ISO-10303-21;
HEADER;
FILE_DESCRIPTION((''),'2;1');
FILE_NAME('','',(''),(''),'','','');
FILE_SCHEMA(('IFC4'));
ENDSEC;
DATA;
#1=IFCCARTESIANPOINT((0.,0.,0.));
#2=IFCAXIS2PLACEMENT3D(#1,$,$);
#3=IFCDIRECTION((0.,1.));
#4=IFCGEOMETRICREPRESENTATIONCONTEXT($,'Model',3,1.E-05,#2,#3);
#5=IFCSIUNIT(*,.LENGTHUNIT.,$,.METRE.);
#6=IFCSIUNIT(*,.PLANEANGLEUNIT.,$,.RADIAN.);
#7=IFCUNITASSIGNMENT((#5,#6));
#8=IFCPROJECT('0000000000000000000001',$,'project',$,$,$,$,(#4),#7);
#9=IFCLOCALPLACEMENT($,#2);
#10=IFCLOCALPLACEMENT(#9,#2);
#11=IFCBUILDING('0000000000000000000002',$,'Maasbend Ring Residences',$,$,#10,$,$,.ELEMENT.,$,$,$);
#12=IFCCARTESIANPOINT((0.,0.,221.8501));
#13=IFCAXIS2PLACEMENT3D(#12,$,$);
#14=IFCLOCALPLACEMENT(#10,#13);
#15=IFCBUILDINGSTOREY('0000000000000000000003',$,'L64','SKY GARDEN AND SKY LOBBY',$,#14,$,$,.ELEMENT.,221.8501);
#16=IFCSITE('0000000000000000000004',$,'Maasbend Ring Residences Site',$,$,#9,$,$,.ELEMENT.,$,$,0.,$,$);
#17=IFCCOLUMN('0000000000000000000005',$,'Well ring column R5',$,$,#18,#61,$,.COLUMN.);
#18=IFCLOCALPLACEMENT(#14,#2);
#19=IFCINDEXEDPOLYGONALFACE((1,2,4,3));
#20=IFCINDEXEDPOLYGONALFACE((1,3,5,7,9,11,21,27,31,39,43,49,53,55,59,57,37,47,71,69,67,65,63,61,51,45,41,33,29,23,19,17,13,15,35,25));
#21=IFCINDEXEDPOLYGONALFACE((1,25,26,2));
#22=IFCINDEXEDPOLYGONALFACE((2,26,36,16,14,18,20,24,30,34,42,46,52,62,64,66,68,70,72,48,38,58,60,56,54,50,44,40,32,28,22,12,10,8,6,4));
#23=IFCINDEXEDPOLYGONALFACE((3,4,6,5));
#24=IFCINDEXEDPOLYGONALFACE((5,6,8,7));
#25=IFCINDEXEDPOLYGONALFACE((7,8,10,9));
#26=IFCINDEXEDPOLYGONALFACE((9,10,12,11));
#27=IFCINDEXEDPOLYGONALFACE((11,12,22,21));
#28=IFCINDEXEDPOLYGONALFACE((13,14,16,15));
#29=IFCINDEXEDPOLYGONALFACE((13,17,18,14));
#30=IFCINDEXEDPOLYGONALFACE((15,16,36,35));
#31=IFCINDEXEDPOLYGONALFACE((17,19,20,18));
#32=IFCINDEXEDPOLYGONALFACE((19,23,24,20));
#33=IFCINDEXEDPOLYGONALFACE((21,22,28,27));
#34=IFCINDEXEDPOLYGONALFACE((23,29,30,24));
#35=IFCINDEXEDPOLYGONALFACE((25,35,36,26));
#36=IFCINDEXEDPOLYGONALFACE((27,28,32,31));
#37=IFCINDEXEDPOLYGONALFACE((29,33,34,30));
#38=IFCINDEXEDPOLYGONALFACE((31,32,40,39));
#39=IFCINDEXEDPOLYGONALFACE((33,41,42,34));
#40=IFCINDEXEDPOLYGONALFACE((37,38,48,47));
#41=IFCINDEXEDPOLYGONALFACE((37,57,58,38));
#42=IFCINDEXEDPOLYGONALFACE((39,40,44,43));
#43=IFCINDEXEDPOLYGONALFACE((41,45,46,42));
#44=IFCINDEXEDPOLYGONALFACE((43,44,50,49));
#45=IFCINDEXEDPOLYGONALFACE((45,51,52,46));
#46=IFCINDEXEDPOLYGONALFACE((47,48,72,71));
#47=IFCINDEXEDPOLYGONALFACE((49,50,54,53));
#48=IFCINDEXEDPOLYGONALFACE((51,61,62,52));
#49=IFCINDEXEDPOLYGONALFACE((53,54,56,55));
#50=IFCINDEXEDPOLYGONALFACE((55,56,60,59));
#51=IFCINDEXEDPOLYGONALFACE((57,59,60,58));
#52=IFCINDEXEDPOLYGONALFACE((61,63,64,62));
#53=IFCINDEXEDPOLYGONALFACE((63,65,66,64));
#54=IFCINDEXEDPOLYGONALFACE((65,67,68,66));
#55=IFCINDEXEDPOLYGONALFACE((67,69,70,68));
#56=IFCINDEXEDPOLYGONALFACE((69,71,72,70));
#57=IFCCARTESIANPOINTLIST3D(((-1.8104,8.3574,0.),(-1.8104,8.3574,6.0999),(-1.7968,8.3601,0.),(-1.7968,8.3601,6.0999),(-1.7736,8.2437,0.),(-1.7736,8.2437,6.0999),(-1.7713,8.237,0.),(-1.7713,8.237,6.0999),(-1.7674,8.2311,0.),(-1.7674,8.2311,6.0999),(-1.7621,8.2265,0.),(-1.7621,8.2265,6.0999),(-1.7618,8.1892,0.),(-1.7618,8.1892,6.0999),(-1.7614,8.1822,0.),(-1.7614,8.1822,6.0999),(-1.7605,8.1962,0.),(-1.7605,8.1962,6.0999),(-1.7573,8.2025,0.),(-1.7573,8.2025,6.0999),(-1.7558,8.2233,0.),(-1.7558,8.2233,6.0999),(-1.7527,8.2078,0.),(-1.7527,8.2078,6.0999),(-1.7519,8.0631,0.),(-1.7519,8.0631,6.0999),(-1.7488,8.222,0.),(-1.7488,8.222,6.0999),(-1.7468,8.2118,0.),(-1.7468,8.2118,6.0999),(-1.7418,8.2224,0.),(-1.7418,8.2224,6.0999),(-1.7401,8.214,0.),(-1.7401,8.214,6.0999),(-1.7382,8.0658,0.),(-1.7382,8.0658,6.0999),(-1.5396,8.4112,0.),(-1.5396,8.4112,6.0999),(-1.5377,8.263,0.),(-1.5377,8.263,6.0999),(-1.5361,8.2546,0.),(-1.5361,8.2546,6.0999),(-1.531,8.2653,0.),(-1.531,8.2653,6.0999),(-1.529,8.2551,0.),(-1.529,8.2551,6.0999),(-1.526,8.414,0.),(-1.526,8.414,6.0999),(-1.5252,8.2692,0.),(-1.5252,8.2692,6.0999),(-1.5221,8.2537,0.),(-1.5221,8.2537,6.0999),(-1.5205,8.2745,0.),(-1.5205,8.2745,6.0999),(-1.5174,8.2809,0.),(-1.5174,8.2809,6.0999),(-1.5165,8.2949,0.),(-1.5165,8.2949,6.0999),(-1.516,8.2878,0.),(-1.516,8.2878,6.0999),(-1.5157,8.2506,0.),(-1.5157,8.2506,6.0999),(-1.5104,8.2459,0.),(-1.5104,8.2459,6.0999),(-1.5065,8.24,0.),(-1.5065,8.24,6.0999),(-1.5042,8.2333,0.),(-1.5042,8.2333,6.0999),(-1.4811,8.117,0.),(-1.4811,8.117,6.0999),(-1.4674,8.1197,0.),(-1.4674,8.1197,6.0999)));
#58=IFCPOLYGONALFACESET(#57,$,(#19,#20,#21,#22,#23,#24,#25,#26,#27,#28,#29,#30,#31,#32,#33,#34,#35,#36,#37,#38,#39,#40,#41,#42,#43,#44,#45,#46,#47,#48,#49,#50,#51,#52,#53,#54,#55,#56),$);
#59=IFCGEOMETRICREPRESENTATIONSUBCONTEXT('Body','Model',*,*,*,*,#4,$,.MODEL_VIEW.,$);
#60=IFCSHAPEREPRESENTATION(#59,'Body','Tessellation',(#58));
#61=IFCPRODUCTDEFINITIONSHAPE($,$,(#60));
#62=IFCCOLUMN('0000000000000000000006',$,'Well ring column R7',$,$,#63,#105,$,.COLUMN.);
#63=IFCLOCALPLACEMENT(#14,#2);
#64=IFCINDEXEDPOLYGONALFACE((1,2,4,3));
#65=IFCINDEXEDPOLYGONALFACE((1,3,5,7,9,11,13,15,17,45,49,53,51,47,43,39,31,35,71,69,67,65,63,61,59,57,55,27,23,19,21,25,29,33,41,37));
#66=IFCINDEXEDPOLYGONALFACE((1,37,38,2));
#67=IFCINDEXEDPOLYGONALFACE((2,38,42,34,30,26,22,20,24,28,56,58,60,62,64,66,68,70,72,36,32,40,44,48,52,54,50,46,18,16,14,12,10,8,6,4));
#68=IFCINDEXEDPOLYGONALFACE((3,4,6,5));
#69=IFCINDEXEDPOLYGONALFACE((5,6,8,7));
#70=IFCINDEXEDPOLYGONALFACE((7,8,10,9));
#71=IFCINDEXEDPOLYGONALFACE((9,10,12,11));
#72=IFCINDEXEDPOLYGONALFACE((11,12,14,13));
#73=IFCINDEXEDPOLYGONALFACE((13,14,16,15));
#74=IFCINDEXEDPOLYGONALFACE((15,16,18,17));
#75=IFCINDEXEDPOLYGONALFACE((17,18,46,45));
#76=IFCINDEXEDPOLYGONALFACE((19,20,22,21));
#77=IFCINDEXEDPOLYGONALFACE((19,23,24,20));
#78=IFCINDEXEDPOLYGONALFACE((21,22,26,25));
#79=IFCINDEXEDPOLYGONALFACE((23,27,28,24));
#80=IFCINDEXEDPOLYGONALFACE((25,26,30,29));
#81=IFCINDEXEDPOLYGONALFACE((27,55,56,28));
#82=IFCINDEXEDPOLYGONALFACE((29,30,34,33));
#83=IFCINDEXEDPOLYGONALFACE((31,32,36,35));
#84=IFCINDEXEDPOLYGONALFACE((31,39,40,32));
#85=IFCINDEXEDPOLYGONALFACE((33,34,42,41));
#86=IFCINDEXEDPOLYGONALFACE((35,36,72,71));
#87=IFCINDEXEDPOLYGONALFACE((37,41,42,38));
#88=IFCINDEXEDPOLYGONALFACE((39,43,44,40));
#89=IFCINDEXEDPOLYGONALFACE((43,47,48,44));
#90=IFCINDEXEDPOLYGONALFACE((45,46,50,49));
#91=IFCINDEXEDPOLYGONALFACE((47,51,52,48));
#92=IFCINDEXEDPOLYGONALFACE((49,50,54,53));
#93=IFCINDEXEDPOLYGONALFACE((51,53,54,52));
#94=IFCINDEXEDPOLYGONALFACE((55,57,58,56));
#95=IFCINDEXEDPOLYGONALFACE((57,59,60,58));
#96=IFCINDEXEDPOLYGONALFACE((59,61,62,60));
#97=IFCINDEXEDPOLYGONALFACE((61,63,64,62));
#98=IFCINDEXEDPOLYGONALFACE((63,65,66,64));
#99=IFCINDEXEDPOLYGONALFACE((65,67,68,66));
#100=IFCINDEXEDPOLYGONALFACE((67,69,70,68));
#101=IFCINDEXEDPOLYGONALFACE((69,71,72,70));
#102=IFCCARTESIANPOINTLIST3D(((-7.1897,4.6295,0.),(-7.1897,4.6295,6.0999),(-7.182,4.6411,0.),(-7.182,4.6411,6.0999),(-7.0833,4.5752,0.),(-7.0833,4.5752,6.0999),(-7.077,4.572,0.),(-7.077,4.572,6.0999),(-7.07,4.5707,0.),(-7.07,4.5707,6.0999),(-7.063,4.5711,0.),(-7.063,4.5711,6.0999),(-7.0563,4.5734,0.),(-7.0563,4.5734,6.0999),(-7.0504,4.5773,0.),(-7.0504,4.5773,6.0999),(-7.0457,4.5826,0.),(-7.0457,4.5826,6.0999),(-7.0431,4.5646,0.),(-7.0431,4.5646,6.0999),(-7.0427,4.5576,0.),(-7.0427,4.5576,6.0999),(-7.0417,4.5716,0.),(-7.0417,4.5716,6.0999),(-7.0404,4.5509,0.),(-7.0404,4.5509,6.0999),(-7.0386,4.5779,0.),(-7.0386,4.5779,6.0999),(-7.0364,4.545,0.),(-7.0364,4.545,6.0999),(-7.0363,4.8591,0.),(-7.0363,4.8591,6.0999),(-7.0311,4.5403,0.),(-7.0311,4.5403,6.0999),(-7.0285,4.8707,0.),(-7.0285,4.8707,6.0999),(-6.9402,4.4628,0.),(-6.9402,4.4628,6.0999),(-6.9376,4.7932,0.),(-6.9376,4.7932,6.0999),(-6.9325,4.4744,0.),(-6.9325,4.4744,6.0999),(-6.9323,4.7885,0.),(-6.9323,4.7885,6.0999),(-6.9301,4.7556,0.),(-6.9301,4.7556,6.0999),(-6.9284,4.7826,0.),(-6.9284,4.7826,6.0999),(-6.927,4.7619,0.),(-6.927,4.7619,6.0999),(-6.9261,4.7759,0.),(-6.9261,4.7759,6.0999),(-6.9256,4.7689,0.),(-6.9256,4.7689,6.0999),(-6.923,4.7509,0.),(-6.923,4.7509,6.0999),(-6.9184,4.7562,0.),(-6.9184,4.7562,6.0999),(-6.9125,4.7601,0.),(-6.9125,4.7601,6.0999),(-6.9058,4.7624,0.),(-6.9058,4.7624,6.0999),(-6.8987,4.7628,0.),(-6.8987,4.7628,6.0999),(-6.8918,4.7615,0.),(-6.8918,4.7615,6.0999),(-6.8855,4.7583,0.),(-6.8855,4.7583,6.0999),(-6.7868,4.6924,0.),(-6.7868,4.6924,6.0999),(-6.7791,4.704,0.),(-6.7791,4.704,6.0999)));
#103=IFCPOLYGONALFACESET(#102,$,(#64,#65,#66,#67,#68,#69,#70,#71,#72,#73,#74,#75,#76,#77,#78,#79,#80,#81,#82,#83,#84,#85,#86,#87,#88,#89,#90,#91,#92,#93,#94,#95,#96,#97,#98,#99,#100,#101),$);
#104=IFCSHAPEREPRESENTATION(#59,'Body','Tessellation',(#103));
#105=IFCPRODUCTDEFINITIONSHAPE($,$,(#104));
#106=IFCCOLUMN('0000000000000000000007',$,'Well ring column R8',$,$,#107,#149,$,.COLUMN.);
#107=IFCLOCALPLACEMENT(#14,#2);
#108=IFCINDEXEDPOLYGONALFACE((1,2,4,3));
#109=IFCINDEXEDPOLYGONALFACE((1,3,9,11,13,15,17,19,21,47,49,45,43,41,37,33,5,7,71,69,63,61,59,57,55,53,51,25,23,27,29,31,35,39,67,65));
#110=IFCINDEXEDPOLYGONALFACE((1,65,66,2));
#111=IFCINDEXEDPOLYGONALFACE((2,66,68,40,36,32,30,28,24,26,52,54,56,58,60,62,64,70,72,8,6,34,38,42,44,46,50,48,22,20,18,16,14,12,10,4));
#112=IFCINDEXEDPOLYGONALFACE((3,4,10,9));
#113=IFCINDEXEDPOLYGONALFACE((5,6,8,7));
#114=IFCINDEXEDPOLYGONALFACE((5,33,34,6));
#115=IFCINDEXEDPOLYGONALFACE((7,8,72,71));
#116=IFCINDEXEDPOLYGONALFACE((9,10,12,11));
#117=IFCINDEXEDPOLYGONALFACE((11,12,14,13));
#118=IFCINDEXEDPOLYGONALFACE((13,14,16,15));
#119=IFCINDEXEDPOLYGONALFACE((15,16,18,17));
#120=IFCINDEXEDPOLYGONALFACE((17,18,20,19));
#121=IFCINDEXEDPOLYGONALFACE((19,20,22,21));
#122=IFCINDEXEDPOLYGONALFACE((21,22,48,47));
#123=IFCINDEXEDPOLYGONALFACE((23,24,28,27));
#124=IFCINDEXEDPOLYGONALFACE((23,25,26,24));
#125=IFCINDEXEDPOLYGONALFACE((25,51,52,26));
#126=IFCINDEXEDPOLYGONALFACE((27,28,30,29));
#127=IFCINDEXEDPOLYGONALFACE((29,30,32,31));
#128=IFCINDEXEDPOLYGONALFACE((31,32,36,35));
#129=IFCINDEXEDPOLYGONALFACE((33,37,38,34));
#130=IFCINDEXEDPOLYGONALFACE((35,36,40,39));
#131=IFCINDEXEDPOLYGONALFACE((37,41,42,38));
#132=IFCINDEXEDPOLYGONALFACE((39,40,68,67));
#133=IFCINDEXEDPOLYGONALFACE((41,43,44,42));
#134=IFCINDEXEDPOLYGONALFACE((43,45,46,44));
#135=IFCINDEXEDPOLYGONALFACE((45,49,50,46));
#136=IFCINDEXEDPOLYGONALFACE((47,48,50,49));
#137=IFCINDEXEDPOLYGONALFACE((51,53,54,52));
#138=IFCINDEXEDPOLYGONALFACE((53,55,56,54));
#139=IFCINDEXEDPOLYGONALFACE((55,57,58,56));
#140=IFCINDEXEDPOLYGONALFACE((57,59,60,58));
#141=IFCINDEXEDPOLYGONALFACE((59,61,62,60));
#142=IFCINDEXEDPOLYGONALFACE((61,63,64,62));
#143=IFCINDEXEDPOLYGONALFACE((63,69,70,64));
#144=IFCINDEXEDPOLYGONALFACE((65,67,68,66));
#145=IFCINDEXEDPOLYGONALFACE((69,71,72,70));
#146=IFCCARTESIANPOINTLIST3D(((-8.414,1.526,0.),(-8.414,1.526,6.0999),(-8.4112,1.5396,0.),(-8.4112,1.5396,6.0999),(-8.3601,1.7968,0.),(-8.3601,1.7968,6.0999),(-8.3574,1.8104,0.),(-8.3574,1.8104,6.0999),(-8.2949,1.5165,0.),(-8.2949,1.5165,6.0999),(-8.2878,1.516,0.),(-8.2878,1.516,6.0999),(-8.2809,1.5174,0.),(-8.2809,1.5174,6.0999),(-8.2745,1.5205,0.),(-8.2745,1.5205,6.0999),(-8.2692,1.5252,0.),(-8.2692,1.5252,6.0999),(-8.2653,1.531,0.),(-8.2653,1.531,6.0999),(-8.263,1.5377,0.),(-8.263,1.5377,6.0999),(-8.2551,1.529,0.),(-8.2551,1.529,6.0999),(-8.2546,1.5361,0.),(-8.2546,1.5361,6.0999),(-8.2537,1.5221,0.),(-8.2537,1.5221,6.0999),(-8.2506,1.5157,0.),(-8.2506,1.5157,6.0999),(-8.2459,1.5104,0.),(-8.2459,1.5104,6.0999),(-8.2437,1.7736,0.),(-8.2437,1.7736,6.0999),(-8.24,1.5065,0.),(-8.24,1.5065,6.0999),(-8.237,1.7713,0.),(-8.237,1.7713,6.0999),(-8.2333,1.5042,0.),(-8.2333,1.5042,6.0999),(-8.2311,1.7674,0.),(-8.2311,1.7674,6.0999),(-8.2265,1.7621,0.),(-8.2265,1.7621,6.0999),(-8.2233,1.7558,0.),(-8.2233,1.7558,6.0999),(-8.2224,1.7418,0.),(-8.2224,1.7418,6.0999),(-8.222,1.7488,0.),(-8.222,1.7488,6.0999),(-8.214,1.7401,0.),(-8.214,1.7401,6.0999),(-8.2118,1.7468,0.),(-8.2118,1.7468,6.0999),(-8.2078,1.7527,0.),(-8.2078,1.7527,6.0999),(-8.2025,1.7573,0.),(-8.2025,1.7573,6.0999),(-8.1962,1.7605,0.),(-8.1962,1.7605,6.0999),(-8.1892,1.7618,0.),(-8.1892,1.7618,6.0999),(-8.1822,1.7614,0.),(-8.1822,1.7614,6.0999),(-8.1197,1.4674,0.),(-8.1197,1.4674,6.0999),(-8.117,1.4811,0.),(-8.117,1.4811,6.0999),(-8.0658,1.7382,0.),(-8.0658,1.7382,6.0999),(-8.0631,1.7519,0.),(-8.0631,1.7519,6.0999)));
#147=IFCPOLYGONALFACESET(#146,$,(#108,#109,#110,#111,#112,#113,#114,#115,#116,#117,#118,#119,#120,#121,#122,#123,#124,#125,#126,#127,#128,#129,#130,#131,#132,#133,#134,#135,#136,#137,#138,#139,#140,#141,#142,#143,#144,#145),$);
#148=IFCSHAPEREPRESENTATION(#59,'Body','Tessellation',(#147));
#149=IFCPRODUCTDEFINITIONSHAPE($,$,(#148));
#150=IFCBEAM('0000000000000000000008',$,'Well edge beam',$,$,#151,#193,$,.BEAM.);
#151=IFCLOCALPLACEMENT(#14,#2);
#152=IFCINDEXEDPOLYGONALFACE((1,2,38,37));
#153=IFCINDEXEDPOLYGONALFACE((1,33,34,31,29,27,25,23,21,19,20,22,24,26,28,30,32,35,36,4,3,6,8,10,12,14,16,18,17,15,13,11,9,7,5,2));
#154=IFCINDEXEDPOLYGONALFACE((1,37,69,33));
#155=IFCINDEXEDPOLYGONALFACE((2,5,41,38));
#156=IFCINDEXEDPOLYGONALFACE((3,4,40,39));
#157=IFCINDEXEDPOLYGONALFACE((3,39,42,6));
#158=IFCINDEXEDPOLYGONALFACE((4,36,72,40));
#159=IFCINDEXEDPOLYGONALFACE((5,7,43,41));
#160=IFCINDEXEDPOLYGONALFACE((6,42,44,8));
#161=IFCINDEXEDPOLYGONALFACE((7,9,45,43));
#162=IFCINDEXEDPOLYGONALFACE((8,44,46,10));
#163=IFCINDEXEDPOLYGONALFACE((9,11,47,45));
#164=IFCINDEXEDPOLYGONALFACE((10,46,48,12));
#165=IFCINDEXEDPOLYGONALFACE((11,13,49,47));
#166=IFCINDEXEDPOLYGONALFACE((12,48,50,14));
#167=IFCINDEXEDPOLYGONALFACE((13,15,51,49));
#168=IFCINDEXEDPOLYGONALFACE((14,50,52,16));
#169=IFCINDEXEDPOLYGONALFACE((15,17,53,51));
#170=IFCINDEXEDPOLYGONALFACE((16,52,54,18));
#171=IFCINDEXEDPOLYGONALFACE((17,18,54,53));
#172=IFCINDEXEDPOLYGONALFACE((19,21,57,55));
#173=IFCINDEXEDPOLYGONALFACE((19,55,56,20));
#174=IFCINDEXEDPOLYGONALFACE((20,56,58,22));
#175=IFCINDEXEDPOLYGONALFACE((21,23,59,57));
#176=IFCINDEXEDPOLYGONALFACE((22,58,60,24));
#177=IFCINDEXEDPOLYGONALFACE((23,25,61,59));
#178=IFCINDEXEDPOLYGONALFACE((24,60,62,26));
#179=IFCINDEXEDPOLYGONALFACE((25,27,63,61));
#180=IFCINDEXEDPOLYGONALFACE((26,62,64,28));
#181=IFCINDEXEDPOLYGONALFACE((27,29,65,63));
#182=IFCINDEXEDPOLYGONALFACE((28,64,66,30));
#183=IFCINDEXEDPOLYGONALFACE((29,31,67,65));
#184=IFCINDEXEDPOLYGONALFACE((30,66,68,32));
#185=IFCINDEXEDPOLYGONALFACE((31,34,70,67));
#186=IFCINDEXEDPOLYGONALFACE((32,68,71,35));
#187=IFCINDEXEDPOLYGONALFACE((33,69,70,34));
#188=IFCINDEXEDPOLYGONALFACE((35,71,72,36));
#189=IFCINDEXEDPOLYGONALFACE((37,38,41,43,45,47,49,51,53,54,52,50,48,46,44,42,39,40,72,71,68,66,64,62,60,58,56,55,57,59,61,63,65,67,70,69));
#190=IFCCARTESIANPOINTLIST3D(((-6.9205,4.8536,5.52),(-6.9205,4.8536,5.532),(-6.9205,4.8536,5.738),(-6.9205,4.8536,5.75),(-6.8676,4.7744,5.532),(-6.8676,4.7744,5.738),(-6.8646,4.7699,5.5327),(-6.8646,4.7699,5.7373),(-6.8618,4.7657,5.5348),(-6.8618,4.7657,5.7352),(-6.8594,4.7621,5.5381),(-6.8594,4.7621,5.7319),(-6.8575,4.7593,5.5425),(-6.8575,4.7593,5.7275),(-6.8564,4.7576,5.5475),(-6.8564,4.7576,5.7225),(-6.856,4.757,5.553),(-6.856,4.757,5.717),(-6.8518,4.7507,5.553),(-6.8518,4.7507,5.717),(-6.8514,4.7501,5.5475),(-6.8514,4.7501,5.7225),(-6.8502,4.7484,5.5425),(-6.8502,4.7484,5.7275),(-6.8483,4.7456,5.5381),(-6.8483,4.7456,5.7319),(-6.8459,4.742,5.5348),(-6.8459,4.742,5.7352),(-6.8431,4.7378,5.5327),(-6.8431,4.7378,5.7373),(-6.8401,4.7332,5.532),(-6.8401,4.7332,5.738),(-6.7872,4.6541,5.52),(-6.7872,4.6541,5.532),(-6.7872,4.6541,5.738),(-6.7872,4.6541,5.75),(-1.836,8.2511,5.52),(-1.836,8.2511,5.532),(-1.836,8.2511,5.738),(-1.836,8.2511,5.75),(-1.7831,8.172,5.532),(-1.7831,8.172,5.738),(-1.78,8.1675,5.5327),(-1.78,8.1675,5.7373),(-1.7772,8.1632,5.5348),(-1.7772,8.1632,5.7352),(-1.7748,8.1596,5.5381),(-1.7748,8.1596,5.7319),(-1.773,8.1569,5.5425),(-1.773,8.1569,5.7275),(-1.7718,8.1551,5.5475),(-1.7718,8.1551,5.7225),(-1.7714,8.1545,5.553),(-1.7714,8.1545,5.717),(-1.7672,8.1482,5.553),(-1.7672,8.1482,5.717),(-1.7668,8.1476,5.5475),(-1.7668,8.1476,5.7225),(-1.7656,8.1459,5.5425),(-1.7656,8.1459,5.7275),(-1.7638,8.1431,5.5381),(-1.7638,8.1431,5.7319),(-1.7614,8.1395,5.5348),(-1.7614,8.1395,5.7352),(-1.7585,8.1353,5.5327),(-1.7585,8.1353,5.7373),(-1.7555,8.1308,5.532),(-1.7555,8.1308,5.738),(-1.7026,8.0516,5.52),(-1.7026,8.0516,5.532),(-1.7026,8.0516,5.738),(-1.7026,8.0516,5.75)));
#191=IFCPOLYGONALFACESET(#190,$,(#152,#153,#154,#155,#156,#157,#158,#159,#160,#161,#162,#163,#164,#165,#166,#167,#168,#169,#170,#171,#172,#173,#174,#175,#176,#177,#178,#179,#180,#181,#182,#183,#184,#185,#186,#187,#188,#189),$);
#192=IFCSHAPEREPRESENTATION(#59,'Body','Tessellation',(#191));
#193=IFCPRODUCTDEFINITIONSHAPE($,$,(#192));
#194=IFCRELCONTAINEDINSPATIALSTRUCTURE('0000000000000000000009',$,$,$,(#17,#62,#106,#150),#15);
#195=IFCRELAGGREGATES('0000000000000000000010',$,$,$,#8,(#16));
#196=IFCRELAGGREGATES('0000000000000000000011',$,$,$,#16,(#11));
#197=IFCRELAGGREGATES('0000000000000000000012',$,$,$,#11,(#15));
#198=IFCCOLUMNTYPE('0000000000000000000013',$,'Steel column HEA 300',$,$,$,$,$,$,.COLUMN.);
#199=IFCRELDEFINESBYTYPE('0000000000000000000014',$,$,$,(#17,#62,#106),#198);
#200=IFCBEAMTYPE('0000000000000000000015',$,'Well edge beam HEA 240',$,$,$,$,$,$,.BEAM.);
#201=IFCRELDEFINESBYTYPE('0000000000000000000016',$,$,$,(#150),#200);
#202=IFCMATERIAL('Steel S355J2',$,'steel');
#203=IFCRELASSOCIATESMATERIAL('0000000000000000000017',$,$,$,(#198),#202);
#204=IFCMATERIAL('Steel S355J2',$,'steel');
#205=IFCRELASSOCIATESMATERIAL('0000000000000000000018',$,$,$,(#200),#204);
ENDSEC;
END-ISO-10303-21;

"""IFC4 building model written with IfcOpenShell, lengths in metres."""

from ifc_helpers import new_model, si_unit, direction, frame, origin, origin_2d, place, context, subcontext, project, spatial, i_section, extrude, material, material_profile, profile_set, type_object, element, save


model = new_model("IFC4")

# Units and contexts
model_context = context("Model", 3, precision=1e-05, world=origin(), true_north=direction((0.0, 1.0)))
body_context = subcontext(model_context, "Body", "Model", "MODEL_VIEW")
ifc_project = project(units=[si_unit("LENGTHUNIT", "METRE"), si_unit("PLANEANGLEUNIT", "RADIAN")], contexts=[model_context])

# Site, building, storey
site_placement = place(None, origin())
site = spatial("IfcSite", under=ifc_project, at=site_placement, Name="Maasbend Ring Residences Site", CompositionType="ELEMENT", RefElevation=0.0)
building_placement = place(site_placement, origin())
building = spatial("IfcBuilding", under=site, at=building_placement, Name="Maasbend Ring Residences", CompositionType="ELEMENT")
storey_placement = place(building_placement, frame((0.0, 0.0, 221.8501)))
storey = spatial("IfcBuildingStorey", under=building, at=storey_placement, Name="L64", Description="SKY GARDEN AND SKY LOBBY", CompositionType="ELEMENT", Elevation=221.8501)

# Columns
ifc_material_1 = material(Name="Steel S355J2", Category="steel")
ifc_material_profile_1 = material_profile(ifc_material_1, i_section(OverallWidth=0.3, OverallDepth=0.29, WebThickness=0.0085, FlangeThickness=0.0139, FilletRadius=0.0271, at=origin_2d()), Name="HEA 300")
ifc_profile_set_1 = profile_set([ifc_material_profile_1], Name="Steel S355J2")
column_type = type_object("IfcColumnType", Name="Steel column HEA 300", PredefinedType="COLUMN", material=ifc_profile_set_1)
for number, where, z_axis, x_axis, name in (
    (1, (-1.6389, 8.2385, 0.0), (0.0, 0.0, 1.0), (-0.19509, 0.980785, 0.0), "Well ring column R5"),
    (2, (-6.9844, 4.6667, 0.0), (0.0, 0.0, 1.0), (-0.83147, 0.55557, 0.0), "Well ring column R7"),
    (3, (-8.2385, 1.6389, 0.0), (0.0, 0.0, 1.0), (-0.980785, 0.19509, 0.0), "Well ring column R8"),
):
    element("IfcColumn", number, at=place(storey_placement, frame(where, z_axis=z_axis, x_axis=x_axis)), inside=storey, type_object=column_type, Name=name, PredefinedType="COLUMN", context=body_context, shape_type="SweptSolid", body=[
        extrude(i_section(OverallWidth=0.3, OverallDepth=0.29, WebThickness=0.0085, FlangeThickness=0.0139, FilletRadius=0.0271, at=origin_2d()), origin(), (0.0, 0.0, 1.0), 6.0999),
    ])

# Beam
ifc_material_2 = material(Name="Steel S355J2", Category="steel")
ifc_material_profile_2 = material_profile(ifc_material_2, i_section(OverallWidth=0.24, OverallDepth=0.23, WebThickness=0.0076, FlangeThickness=0.012, FilletRadius=0.021, at=origin_2d()), Name="HEA 240")
ifc_profile_set_2 = profile_set([ifc_material_profile_2], Name="Steel S355J2")
beam_type = type_object("IfcBeamType", Name="Well edge beam HEA 240", PredefinedType="BEAM", material=ifc_profile_set_2)
beam_1_placement = place(storey_placement, frame((-1.7693, 8.1514, 5.635), z_axis=(-0.83146, -0.555584, 0.0), x_axis=(0.555584, -0.83146, 0.0)))
element("IfcBeam", 4, at=beam_1_placement, inside=storey, type_object=beam_type, Name="Well edge beam", PredefinedType="BEAM", context=body_context, shape_type="SweptSolid", body=[
    extrude(i_section(OverallWidth=0.24, OverallDepth=0.23, WebThickness=0.0076, FlangeThickness=0.012, FilletRadius=0.021, at=origin_2d()), origin(), (0.0, 0.0, 1.0), 6.1152),
])

save(model, "model.ifc")
